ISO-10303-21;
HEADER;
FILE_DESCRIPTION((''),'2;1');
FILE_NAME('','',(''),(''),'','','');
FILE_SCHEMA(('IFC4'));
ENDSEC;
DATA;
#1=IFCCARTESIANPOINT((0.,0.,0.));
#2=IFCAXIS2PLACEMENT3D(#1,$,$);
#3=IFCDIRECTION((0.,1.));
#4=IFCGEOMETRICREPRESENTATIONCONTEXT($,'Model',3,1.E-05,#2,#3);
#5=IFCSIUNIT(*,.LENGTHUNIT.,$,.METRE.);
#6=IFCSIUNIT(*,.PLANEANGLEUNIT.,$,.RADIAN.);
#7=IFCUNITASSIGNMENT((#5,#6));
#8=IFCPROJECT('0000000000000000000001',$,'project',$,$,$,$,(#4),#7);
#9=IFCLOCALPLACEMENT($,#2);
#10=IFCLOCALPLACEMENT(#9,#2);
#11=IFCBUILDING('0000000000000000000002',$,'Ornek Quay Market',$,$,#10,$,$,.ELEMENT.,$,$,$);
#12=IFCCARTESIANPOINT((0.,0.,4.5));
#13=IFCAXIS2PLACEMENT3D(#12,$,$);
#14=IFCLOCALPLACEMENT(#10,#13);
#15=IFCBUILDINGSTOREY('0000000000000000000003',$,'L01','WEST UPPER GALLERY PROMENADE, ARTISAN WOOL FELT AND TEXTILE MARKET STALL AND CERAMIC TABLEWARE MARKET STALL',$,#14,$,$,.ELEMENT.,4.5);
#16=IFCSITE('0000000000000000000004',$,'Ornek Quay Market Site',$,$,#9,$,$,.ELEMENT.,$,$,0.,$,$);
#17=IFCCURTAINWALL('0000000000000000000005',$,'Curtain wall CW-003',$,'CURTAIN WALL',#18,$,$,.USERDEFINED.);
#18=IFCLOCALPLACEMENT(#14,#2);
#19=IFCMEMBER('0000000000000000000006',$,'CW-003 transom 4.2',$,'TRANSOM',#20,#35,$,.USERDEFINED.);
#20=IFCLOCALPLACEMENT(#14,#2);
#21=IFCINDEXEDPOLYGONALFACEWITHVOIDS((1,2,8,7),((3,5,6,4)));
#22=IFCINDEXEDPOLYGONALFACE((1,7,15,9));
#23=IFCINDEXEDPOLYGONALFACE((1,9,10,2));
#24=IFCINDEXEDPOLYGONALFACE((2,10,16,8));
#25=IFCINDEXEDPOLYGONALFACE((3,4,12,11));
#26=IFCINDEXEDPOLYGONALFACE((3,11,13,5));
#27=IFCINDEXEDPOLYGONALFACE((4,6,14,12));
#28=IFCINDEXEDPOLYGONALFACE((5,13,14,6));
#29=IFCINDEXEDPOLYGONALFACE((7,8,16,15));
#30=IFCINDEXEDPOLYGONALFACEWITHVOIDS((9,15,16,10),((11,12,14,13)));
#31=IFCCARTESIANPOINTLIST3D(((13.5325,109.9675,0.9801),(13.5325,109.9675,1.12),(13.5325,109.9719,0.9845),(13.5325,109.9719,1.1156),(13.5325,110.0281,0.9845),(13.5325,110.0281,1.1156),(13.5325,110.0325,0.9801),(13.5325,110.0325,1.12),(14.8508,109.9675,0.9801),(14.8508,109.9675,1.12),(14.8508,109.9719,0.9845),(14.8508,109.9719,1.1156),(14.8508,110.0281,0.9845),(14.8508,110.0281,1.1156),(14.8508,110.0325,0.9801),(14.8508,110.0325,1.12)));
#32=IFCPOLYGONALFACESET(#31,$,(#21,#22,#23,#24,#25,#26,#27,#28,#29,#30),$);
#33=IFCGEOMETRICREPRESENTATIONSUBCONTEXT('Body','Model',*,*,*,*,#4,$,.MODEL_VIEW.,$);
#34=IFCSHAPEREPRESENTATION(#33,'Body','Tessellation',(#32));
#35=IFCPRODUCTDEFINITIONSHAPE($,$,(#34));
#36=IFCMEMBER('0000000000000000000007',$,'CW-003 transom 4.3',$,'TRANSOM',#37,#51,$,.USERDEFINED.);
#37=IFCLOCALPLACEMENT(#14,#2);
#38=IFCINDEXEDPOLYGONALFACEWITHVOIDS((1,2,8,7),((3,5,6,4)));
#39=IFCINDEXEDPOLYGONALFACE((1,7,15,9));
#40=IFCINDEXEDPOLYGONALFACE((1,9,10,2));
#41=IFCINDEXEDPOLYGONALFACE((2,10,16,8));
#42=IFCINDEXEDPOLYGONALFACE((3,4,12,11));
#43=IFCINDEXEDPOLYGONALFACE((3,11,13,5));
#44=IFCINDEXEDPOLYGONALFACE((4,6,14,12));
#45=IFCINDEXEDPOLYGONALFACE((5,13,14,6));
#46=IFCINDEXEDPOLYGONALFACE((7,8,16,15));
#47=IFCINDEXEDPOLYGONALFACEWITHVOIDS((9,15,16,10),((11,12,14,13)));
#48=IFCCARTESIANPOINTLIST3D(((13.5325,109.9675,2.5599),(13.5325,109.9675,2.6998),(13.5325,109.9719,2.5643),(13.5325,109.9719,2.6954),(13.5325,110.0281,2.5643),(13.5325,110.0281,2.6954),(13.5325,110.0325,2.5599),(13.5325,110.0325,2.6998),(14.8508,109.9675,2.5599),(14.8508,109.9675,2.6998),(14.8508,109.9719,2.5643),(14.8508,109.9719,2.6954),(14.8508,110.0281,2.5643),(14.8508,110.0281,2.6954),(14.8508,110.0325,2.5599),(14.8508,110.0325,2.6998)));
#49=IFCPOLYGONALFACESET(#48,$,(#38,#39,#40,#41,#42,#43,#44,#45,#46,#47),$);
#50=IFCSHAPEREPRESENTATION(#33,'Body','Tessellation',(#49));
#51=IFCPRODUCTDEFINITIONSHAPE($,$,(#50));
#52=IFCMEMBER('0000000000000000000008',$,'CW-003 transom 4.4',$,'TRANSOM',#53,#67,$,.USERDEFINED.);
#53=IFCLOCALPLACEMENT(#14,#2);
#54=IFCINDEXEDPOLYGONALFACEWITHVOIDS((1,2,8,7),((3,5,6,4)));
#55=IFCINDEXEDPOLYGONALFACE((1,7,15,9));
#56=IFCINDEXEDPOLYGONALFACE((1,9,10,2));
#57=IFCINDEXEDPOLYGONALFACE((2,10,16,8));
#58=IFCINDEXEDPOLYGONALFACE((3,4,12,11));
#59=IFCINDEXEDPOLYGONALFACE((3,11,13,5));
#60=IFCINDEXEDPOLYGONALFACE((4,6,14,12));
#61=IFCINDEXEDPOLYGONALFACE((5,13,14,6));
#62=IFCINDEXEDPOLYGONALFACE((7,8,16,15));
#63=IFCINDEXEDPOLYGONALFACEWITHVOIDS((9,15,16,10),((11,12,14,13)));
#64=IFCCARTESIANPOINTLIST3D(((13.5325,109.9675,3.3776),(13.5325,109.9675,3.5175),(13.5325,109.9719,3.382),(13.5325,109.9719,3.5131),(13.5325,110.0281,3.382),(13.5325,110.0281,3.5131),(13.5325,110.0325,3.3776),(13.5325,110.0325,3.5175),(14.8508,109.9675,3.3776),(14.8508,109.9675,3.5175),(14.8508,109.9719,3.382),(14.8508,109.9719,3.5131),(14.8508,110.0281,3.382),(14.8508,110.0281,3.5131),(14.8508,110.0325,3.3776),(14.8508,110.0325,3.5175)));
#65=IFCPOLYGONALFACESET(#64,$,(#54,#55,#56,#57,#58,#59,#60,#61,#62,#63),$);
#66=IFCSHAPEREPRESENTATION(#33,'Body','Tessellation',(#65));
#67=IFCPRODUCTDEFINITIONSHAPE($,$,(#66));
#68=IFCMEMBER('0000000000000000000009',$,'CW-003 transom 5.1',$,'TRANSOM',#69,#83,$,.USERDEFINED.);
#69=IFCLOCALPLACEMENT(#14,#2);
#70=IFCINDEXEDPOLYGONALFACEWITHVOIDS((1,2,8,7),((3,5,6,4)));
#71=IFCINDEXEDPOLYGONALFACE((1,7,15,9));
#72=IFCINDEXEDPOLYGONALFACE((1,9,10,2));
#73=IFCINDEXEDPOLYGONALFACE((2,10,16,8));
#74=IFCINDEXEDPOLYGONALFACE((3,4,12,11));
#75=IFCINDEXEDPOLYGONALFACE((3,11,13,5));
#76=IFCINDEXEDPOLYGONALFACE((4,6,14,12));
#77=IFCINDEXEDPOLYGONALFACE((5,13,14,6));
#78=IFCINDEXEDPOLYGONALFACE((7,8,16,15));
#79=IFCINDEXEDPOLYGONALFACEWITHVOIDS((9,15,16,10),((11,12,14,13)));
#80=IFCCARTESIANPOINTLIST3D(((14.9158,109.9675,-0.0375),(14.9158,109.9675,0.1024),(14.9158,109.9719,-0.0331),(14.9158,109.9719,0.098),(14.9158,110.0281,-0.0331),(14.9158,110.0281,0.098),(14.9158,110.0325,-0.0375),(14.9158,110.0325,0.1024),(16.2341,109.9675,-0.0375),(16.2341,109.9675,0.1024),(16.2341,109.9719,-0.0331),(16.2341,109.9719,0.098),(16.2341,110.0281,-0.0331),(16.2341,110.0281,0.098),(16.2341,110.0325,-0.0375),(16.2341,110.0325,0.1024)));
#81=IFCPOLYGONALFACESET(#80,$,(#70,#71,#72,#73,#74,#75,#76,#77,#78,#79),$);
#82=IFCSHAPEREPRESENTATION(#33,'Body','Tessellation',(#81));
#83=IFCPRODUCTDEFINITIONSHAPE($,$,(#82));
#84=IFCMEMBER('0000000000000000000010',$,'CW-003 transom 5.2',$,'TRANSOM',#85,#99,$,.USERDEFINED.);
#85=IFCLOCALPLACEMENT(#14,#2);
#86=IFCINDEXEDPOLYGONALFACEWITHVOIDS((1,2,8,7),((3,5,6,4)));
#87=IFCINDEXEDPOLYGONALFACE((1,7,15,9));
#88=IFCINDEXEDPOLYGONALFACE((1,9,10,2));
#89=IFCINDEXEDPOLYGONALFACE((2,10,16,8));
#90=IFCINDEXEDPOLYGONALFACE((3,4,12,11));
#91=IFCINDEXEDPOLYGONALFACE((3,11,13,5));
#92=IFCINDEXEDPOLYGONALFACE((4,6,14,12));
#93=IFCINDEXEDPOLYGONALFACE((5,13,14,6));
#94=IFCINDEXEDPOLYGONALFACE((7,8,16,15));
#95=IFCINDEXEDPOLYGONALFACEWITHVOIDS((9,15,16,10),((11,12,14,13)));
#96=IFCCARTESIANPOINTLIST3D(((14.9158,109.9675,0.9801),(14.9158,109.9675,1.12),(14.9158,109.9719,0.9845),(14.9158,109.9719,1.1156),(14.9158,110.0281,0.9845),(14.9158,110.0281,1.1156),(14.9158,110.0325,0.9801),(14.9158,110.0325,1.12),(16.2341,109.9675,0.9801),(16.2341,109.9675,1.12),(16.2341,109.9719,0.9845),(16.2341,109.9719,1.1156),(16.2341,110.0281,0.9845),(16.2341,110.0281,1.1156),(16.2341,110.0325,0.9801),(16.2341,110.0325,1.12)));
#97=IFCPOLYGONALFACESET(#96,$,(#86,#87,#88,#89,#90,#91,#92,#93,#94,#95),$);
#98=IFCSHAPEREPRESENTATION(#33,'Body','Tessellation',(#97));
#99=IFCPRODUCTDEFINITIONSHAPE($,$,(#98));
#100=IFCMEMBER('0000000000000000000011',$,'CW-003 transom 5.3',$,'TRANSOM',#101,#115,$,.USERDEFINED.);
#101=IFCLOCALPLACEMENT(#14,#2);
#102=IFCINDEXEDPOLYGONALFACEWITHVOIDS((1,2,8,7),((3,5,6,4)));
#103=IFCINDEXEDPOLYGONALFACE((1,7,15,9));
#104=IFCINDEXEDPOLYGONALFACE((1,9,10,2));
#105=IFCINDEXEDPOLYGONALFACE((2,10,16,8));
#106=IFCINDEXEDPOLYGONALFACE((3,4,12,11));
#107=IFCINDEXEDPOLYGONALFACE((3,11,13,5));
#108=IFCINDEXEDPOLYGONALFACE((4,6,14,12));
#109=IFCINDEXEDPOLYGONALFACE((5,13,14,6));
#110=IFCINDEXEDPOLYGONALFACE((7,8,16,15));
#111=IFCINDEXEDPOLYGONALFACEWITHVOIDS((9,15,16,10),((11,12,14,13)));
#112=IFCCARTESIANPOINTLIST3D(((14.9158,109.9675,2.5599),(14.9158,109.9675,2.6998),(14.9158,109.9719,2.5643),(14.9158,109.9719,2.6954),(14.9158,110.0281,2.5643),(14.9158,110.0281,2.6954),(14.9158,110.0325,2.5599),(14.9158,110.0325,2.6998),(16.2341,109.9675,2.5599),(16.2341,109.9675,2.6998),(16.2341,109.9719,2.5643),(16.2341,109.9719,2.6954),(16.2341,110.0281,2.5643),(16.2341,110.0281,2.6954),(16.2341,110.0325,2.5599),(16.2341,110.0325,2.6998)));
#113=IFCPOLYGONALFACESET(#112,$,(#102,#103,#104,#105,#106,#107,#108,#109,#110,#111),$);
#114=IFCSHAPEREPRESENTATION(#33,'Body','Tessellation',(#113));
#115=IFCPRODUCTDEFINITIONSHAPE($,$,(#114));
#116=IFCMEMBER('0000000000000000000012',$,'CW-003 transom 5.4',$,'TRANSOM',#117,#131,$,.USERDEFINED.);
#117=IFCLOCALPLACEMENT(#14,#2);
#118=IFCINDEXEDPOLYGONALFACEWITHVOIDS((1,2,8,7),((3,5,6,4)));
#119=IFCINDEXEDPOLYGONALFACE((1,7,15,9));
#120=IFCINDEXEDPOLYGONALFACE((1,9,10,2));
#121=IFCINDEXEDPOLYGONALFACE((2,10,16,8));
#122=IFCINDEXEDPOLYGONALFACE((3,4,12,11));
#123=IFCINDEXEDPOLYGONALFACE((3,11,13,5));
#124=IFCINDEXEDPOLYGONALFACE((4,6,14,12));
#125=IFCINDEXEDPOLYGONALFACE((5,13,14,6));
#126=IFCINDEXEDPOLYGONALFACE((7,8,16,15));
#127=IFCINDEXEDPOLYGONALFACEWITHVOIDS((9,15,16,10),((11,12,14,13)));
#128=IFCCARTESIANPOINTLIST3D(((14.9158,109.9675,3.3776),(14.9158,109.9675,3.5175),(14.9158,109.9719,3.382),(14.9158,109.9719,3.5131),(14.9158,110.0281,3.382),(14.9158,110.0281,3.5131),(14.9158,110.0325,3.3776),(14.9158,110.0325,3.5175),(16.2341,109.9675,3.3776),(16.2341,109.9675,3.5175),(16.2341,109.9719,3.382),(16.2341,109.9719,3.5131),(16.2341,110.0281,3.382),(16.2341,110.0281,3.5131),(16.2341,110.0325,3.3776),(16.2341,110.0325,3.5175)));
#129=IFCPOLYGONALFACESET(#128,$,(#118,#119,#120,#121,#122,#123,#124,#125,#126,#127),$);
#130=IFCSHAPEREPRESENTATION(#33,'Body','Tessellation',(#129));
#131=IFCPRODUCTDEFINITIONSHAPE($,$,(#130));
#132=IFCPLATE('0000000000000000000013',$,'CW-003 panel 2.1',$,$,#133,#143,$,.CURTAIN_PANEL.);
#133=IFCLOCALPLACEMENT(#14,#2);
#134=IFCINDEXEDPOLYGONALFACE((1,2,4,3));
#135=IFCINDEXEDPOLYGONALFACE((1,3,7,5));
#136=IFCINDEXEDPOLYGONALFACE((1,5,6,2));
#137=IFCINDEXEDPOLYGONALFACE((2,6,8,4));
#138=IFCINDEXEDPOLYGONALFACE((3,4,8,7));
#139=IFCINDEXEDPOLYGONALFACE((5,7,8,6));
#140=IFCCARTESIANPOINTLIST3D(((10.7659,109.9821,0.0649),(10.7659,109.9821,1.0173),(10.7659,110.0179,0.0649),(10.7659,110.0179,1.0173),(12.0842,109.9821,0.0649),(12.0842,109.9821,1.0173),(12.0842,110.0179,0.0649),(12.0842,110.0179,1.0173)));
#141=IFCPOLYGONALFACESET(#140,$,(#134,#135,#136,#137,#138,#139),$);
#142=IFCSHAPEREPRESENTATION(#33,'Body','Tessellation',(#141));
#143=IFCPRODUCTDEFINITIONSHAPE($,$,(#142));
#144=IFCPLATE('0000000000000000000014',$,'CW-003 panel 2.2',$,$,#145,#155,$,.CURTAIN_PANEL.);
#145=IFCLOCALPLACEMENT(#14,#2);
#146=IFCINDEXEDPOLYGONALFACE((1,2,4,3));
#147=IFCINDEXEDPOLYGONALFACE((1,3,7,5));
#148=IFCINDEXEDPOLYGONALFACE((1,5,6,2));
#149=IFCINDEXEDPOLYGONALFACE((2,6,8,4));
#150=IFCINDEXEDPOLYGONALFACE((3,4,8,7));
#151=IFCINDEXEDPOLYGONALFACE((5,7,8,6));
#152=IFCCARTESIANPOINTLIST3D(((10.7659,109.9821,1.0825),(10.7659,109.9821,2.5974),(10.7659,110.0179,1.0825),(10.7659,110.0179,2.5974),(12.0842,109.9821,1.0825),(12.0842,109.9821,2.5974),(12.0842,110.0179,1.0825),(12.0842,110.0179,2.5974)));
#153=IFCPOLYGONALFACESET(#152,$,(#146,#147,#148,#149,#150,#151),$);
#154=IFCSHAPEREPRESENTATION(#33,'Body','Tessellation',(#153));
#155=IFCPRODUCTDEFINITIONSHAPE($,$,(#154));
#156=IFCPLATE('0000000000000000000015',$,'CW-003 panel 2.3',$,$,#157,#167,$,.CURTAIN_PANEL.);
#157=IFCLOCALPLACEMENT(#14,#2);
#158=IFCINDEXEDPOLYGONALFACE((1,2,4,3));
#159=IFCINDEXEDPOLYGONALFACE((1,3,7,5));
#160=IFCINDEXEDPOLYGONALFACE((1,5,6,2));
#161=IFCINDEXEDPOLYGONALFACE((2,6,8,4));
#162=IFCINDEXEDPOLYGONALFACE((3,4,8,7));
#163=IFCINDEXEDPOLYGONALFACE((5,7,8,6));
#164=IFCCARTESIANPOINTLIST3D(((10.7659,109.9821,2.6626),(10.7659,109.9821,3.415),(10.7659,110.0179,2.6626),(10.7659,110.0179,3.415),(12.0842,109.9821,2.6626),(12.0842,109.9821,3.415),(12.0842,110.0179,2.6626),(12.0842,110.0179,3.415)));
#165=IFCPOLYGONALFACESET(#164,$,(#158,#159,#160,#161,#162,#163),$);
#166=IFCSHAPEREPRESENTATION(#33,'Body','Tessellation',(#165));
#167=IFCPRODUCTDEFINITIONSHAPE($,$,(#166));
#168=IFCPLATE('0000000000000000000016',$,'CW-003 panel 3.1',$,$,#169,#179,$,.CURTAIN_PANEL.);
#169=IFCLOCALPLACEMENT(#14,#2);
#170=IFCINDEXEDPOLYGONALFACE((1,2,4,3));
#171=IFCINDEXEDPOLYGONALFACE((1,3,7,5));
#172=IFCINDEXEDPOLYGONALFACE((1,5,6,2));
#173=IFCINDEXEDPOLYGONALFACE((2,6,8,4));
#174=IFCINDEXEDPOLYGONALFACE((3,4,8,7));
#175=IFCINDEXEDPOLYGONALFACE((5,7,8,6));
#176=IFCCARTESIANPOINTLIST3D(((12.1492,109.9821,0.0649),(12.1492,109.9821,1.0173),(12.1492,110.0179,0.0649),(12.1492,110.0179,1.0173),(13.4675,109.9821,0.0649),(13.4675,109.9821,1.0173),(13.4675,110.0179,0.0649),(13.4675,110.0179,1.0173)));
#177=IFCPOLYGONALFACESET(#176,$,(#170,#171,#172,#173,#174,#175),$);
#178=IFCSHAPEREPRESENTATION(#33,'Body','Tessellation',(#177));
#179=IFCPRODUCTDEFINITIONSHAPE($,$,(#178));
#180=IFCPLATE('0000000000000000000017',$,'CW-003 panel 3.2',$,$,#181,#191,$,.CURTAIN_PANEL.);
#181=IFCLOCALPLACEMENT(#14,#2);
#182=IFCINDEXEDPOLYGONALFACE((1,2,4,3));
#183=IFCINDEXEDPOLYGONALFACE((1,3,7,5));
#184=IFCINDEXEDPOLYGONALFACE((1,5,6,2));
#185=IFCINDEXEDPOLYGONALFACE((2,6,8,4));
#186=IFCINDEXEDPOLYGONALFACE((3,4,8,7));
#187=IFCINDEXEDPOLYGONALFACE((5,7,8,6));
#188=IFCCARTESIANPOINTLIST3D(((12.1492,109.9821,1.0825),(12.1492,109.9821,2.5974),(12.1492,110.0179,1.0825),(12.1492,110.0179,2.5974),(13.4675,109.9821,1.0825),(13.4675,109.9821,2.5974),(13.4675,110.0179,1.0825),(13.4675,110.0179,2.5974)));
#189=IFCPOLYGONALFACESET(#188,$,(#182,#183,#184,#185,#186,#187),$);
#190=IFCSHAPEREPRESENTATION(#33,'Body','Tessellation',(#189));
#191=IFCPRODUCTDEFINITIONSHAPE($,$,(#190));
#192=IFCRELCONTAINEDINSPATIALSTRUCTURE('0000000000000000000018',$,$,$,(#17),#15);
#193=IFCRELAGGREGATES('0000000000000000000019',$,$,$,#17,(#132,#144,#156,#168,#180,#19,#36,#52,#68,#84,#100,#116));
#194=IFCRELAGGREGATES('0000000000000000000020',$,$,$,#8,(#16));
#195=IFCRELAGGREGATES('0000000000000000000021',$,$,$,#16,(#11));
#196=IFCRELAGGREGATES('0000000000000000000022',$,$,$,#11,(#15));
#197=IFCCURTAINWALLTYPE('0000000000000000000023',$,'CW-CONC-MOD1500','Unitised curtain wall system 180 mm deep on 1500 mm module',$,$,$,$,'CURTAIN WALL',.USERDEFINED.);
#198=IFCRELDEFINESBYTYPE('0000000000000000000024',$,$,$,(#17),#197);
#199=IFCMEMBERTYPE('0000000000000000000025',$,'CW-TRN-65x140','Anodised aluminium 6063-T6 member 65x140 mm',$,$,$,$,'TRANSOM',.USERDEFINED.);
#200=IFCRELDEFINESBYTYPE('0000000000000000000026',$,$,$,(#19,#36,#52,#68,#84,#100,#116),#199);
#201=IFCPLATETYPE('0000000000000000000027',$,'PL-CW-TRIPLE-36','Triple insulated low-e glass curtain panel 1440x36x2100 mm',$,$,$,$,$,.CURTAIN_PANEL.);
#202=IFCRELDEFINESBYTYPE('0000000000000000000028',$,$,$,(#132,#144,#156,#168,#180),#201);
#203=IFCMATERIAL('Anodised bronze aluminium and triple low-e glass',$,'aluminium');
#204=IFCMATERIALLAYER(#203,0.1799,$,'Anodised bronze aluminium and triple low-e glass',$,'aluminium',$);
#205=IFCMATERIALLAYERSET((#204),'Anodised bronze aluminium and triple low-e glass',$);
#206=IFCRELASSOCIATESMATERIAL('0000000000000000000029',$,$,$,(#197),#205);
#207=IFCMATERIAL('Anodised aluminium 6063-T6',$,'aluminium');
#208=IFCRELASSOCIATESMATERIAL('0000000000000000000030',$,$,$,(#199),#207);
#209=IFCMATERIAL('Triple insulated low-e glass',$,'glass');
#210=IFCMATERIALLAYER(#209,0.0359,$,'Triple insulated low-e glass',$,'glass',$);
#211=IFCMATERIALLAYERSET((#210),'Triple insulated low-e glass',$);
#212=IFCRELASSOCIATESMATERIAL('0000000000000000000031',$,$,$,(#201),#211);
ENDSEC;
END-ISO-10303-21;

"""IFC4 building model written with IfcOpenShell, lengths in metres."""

from ifc_helpers import new_model, si_unit, direction, frame, origin, origin_2d, place, context, subcontext, project, spatial, rectangle, hollow_rectangle, extrude, material, layer, layer_set, material_profile, profile_set, type_object, element, aggregate, save


model = new_model("IFC4")

# Units and contexts
model_context = context("Model", 3, precision=1e-05, world=origin(), true_north=direction((0.0, 1.0)))
body_context = subcontext(model_context, "Body", "Model", "MODEL_VIEW")
ifc_project = project(units=[si_unit("LENGTHUNIT", "METRE"), si_unit("PLANEANGLEUNIT", "RADIAN")], contexts=[model_context])

# Site, building, storey
site_placement = place(None, origin())
site = spatial("IfcSite", under=ifc_project, at=site_placement, Name="Ornek Quay Market Site", CompositionType="ELEMENT", RefElevation=0.0)
building_placement = place(site_placement, origin())
building = spatial("IfcBuilding", under=site, at=building_placement, Name="Ornek Quay Market", CompositionType="ELEMENT")
storey_placement = place(building_placement, frame((0.0, 0.0, 4.5)))
storey = spatial("IfcBuildingStorey", under=building, at=storey_placement, Name="L01", Description="WEST UPPER GALLERY PROMENADE, ARTISAN WOOL FELT AND TEXTILE MARKET STALL AND CERAMIC TABLEWARE MARKET STALL", CompositionType="ELEMENT", Elevation=4.5)

# Curtain wall, members, plates
ifc_material_1 = material(Name="Anodised bronze aluminium and triple low-e glass", Category="aluminium")
ifc_layer_1 = layer(ifc_material_1, 0.1799, Name="Anodised bronze aluminium and triple low-e glass", Category="aluminium")
ifc_layer_set_1 = layer_set([ifc_layer_1], Name="Anodised bronze aluminium and triple low-e glass")
curtain_wall_type = type_object("IfcCurtainWallType", Name="CW-CONC-MOD1500", Description="Unitised curtain wall system 180 mm deep on 1500 mm module", ElementType="CURTAIN WALL", PredefinedType="USERDEFINED", material=ifc_layer_set_1)
curtain_wall_placement = place(storey_placement, origin())
curtain_wall = element("IfcCurtainWall", 1, at=curtain_wall_placement, inside=storey, type_object=curtain_wall_type, Name="Curtain wall CW-003", ObjectType="CURTAIN WALL", PredefinedType="USERDEFINED")
ifc_material_2 = material(Name="Anodised aluminium 6063-T6", Category="aluminium")
ifc_material_profile_1 = material_profile(ifc_material_2, hollow_rectangle(XDim=0.0649, YDim=0.1399, WallThickness=0.0044, at=origin_2d()), Name="CW-TRN-65x140", Category="aluminium")
ifc_profile_set_1 = profile_set([ifc_material_profile_1], Name="Anodised aluminium 6063-T6")
member_type_1 = type_object("IfcMemberType", Name="CW-TRN-65x140", Description="Anodised aluminium 6063-T6 member 65x140 mm", ElementType="TRANSOM", PredefinedType="USERDEFINED", material=ifc_profile_set_1)
member_1_placement = place(storey_placement, frame((13.5325, 110.0, 1.05), z_axis=(1.0, 0.0, 0.0), x_axis=(0.0, 1.0, 0.0)))
member_1 = element("IfcMember", 2, at=member_1_placement, type_object=member_type_1, Name="CW-003 transom 4.2", ObjectType="TRANSOM", PredefinedType="USERDEFINED", context=body_context, shape_type="SweptSolid", body=[
    extrude(hollow_rectangle(XDim=0.0649, YDim=0.1399, WallThickness=0.0044, at=origin_2d()), origin(), (0.0, 0.0, 1.0), 1.3184),
])
member_2_placement = place(storey_placement, frame((13.5325, 110.0, 2.6299), z_axis=(1.0, 0.0, 0.0), x_axis=(0.0, 1.0, 0.0)))
member_2 = element("IfcMember", 3, at=member_2_placement, type_object=member_type_1, Name="CW-003 transom 4.3", ObjectType="TRANSOM", PredefinedType="USERDEFINED", context=body_context, shape_type="SweptSolid", body=[
    extrude(hollow_rectangle(XDim=0.0649, YDim=0.1399, WallThickness=0.0044, at=origin_2d()), origin(), (0.0, 0.0, 1.0), 1.3184),
])
member_3_placement = place(storey_placement, frame((13.5325, 110.0, 3.4475), z_axis=(1.0, 0.0, 0.0), x_axis=(0.0, 1.0, 0.0)))
member_3 = element("IfcMember", 4, at=member_3_placement, type_object=member_type_1, Name="CW-003 transom 4.4", ObjectType="TRANSOM", PredefinedType="USERDEFINED", context=body_context, shape_type="SweptSolid", body=[
    extrude(hollow_rectangle(XDim=0.0649, YDim=0.1399, WallThickness=0.0044, at=origin_2d()), origin(), (0.0, 0.0, 1.0), 1.3184),
])
member_4_placement = place(storey_placement, frame((14.9158, 110.0, 0.0325), z_axis=(1.0, 0.0, 0.0), x_axis=(0.0, 1.0, 0.0)))
member_4 = element("IfcMember", 5, at=member_4_placement, type_object=member_type_1, Name="CW-003 transom 5.1", ObjectType="TRANSOM", PredefinedType="USERDEFINED", context=body_context, shape_type="SweptSolid", body=[
    extrude(hollow_rectangle(XDim=0.0649, YDim=0.1399, WallThickness=0.0044, at=origin_2d()), origin(), (0.0, 0.0, 1.0), 1.3184),
])
member_5_placement = place(storey_placement, frame((14.9158, 110.0, 1.05), z_axis=(1.0, 0.0, 0.0), x_axis=(0.0, 1.0, 0.0)))
member_5 = element("IfcMember", 6, at=member_5_placement, type_object=member_type_1, Name="CW-003 transom 5.2", ObjectType="TRANSOM", PredefinedType="USERDEFINED", context=body_context, shape_type="SweptSolid", body=[
    extrude(hollow_rectangle(XDim=0.0649, YDim=0.1399, WallThickness=0.0044, at=origin_2d()), origin(), (0.0, 0.0, 1.0), 1.3184),
])
member_6_placement = place(storey_placement, frame((14.9158, 110.0, 2.6299), z_axis=(1.0, 0.0, 0.0), x_axis=(0.0, 1.0, 0.0)))
member_6 = element("IfcMember", 7, at=member_6_placement, type_object=member_type_1, Name="CW-003 transom 5.3", ObjectType="TRANSOM", PredefinedType="USERDEFINED", context=body_context, shape_type="SweptSolid", body=[
    extrude(hollow_rectangle(XDim=0.0649, YDim=0.1399, WallThickness=0.0044, at=origin_2d()), origin(), (0.0, 0.0, 1.0), 1.3184),
])
member_7_placement = place(storey_placement, frame((14.9158, 110.0, 3.4475), z_axis=(1.0, 0.0, 0.0), x_axis=(0.0, 1.0, 0.0)))
member_7 = element("IfcMember", 8, at=member_7_placement, type_object=member_type_1, Name="CW-003 transom 5.4", ObjectType="TRANSOM", PredefinedType="USERDEFINED", context=body_context, shape_type="SweptSolid", body=[
    extrude(hollow_rectangle(XDim=0.0649, YDim=0.1399, WallThickness=0.0044, at=origin_2d()), origin(), (0.0, 0.0, 1.0), 1.3184),
])
ifc_material_3 = material(Name="Triple insulated low-e glass", Category="glass")
ifc_layer_2 = layer(ifc_material_3, 0.0359, Name="Triple insulated low-e glass", Category="glass")
ifc_layer_set_2 = layer_set([ifc_layer_2], Name="Triple insulated low-e glass")
plate_type = type_object("IfcPlateType", Name="PL-CW-TRIPLE-36", Description="Triple insulated low-e glass curtain panel 1440x36x2100 mm", PredefinedType="CURTAIN_PANEL", material=ifc_layer_set_2)
plate_1_placement = place(storey_placement, frame((11.425, 110.0, 0.0649), z_axis=(0.0, 0.0, 1.0), x_axis=(1.0, 0.0, 0.0)))
plate_1 = element("IfcPlate", 9, at=plate_1_placement, type_object=plate_type, Name="CW-003 panel 2.1", PredefinedType="CURTAIN_PANEL", context=body_context, shape_type="SweptSolid", body=[
    extrude(rectangle(XDim=1.3184, YDim=0.0359, at=origin_2d()), origin(), (0.0, 0.0, 1.0), 0.9524),
])
plate_2_placement = place(storey_placement, frame((11.425, 110.0, 1.0825), z_axis=(0.0, 0.0, 1.0), x_axis=(1.0, 0.0, 0.0)))
plate_2 = element("IfcPlate", 10, at=plate_2_placement, type_object=plate_type, Name="CW-003 panel 2.2", PredefinedType="CURTAIN_PANEL", context=body_context, shape_type="SweptSolid", body=[
    extrude(rectangle(XDim=1.3184, YDim=0.0359, at=origin_2d()), origin(), (0.0, 0.0, 1.0), 1.5149),
])
plate_3_placement = place(storey_placement, frame((11.425, 110.0, 2.6626), z_axis=(0.0, 0.0, 1.0), x_axis=(1.0, 0.0, 0.0)))
plate_3 = element("IfcPlate", 11, at=plate_3_placement, type_object=plate_type, Name="CW-003 panel 2.3", PredefinedType="CURTAIN_PANEL", context=body_context, shape_type="SweptSolid", body=[
    extrude(rectangle(XDim=1.3184, YDim=0.0359, at=origin_2d()), origin(), (0.0, 0.0, 1.0), 0.7524),
])
plate_4_placement = place(storey_placement, frame((12.8083, 110.0, 0.0649), z_axis=(0.0, 0.0, 1.0), x_axis=(1.0, 0.0, 0.0)))
plate_4 = element("IfcPlate", 12, at=plate_4_placement, type_object=plate_type, Name="CW-003 panel 3.1", PredefinedType="CURTAIN_PANEL", context=body_context, shape_type="SweptSolid", body=[
    extrude(rectangle(XDim=1.3184, YDim=0.0359, at=origin_2d()), origin(), (0.0, 0.0, 1.0), 0.9524),
])
plate_5_placement = place(storey_placement, frame((12.8083, 110.0, 1.0825), z_axis=(0.0, 0.0, 1.0), x_axis=(1.0, 0.0, 0.0)))
plate_5 = element("IfcPlate", 13, at=plate_5_placement, type_object=plate_type, Name="CW-003 panel 3.2", PredefinedType="CURTAIN_PANEL", context=body_context, shape_type="SweptSolid", body=[
    extrude(rectangle(XDim=1.3184, YDim=0.0359, at=origin_2d()), origin(), (0.0, 0.0, 1.0), 1.5149),
])
aggregate(curtain_wall, [plate_1, plate_2, plate_3, plate_4, plate_5, member_1, member_2, member_3, member_4, member_5, member_6, member_7])

save(model, "model.ifc")
